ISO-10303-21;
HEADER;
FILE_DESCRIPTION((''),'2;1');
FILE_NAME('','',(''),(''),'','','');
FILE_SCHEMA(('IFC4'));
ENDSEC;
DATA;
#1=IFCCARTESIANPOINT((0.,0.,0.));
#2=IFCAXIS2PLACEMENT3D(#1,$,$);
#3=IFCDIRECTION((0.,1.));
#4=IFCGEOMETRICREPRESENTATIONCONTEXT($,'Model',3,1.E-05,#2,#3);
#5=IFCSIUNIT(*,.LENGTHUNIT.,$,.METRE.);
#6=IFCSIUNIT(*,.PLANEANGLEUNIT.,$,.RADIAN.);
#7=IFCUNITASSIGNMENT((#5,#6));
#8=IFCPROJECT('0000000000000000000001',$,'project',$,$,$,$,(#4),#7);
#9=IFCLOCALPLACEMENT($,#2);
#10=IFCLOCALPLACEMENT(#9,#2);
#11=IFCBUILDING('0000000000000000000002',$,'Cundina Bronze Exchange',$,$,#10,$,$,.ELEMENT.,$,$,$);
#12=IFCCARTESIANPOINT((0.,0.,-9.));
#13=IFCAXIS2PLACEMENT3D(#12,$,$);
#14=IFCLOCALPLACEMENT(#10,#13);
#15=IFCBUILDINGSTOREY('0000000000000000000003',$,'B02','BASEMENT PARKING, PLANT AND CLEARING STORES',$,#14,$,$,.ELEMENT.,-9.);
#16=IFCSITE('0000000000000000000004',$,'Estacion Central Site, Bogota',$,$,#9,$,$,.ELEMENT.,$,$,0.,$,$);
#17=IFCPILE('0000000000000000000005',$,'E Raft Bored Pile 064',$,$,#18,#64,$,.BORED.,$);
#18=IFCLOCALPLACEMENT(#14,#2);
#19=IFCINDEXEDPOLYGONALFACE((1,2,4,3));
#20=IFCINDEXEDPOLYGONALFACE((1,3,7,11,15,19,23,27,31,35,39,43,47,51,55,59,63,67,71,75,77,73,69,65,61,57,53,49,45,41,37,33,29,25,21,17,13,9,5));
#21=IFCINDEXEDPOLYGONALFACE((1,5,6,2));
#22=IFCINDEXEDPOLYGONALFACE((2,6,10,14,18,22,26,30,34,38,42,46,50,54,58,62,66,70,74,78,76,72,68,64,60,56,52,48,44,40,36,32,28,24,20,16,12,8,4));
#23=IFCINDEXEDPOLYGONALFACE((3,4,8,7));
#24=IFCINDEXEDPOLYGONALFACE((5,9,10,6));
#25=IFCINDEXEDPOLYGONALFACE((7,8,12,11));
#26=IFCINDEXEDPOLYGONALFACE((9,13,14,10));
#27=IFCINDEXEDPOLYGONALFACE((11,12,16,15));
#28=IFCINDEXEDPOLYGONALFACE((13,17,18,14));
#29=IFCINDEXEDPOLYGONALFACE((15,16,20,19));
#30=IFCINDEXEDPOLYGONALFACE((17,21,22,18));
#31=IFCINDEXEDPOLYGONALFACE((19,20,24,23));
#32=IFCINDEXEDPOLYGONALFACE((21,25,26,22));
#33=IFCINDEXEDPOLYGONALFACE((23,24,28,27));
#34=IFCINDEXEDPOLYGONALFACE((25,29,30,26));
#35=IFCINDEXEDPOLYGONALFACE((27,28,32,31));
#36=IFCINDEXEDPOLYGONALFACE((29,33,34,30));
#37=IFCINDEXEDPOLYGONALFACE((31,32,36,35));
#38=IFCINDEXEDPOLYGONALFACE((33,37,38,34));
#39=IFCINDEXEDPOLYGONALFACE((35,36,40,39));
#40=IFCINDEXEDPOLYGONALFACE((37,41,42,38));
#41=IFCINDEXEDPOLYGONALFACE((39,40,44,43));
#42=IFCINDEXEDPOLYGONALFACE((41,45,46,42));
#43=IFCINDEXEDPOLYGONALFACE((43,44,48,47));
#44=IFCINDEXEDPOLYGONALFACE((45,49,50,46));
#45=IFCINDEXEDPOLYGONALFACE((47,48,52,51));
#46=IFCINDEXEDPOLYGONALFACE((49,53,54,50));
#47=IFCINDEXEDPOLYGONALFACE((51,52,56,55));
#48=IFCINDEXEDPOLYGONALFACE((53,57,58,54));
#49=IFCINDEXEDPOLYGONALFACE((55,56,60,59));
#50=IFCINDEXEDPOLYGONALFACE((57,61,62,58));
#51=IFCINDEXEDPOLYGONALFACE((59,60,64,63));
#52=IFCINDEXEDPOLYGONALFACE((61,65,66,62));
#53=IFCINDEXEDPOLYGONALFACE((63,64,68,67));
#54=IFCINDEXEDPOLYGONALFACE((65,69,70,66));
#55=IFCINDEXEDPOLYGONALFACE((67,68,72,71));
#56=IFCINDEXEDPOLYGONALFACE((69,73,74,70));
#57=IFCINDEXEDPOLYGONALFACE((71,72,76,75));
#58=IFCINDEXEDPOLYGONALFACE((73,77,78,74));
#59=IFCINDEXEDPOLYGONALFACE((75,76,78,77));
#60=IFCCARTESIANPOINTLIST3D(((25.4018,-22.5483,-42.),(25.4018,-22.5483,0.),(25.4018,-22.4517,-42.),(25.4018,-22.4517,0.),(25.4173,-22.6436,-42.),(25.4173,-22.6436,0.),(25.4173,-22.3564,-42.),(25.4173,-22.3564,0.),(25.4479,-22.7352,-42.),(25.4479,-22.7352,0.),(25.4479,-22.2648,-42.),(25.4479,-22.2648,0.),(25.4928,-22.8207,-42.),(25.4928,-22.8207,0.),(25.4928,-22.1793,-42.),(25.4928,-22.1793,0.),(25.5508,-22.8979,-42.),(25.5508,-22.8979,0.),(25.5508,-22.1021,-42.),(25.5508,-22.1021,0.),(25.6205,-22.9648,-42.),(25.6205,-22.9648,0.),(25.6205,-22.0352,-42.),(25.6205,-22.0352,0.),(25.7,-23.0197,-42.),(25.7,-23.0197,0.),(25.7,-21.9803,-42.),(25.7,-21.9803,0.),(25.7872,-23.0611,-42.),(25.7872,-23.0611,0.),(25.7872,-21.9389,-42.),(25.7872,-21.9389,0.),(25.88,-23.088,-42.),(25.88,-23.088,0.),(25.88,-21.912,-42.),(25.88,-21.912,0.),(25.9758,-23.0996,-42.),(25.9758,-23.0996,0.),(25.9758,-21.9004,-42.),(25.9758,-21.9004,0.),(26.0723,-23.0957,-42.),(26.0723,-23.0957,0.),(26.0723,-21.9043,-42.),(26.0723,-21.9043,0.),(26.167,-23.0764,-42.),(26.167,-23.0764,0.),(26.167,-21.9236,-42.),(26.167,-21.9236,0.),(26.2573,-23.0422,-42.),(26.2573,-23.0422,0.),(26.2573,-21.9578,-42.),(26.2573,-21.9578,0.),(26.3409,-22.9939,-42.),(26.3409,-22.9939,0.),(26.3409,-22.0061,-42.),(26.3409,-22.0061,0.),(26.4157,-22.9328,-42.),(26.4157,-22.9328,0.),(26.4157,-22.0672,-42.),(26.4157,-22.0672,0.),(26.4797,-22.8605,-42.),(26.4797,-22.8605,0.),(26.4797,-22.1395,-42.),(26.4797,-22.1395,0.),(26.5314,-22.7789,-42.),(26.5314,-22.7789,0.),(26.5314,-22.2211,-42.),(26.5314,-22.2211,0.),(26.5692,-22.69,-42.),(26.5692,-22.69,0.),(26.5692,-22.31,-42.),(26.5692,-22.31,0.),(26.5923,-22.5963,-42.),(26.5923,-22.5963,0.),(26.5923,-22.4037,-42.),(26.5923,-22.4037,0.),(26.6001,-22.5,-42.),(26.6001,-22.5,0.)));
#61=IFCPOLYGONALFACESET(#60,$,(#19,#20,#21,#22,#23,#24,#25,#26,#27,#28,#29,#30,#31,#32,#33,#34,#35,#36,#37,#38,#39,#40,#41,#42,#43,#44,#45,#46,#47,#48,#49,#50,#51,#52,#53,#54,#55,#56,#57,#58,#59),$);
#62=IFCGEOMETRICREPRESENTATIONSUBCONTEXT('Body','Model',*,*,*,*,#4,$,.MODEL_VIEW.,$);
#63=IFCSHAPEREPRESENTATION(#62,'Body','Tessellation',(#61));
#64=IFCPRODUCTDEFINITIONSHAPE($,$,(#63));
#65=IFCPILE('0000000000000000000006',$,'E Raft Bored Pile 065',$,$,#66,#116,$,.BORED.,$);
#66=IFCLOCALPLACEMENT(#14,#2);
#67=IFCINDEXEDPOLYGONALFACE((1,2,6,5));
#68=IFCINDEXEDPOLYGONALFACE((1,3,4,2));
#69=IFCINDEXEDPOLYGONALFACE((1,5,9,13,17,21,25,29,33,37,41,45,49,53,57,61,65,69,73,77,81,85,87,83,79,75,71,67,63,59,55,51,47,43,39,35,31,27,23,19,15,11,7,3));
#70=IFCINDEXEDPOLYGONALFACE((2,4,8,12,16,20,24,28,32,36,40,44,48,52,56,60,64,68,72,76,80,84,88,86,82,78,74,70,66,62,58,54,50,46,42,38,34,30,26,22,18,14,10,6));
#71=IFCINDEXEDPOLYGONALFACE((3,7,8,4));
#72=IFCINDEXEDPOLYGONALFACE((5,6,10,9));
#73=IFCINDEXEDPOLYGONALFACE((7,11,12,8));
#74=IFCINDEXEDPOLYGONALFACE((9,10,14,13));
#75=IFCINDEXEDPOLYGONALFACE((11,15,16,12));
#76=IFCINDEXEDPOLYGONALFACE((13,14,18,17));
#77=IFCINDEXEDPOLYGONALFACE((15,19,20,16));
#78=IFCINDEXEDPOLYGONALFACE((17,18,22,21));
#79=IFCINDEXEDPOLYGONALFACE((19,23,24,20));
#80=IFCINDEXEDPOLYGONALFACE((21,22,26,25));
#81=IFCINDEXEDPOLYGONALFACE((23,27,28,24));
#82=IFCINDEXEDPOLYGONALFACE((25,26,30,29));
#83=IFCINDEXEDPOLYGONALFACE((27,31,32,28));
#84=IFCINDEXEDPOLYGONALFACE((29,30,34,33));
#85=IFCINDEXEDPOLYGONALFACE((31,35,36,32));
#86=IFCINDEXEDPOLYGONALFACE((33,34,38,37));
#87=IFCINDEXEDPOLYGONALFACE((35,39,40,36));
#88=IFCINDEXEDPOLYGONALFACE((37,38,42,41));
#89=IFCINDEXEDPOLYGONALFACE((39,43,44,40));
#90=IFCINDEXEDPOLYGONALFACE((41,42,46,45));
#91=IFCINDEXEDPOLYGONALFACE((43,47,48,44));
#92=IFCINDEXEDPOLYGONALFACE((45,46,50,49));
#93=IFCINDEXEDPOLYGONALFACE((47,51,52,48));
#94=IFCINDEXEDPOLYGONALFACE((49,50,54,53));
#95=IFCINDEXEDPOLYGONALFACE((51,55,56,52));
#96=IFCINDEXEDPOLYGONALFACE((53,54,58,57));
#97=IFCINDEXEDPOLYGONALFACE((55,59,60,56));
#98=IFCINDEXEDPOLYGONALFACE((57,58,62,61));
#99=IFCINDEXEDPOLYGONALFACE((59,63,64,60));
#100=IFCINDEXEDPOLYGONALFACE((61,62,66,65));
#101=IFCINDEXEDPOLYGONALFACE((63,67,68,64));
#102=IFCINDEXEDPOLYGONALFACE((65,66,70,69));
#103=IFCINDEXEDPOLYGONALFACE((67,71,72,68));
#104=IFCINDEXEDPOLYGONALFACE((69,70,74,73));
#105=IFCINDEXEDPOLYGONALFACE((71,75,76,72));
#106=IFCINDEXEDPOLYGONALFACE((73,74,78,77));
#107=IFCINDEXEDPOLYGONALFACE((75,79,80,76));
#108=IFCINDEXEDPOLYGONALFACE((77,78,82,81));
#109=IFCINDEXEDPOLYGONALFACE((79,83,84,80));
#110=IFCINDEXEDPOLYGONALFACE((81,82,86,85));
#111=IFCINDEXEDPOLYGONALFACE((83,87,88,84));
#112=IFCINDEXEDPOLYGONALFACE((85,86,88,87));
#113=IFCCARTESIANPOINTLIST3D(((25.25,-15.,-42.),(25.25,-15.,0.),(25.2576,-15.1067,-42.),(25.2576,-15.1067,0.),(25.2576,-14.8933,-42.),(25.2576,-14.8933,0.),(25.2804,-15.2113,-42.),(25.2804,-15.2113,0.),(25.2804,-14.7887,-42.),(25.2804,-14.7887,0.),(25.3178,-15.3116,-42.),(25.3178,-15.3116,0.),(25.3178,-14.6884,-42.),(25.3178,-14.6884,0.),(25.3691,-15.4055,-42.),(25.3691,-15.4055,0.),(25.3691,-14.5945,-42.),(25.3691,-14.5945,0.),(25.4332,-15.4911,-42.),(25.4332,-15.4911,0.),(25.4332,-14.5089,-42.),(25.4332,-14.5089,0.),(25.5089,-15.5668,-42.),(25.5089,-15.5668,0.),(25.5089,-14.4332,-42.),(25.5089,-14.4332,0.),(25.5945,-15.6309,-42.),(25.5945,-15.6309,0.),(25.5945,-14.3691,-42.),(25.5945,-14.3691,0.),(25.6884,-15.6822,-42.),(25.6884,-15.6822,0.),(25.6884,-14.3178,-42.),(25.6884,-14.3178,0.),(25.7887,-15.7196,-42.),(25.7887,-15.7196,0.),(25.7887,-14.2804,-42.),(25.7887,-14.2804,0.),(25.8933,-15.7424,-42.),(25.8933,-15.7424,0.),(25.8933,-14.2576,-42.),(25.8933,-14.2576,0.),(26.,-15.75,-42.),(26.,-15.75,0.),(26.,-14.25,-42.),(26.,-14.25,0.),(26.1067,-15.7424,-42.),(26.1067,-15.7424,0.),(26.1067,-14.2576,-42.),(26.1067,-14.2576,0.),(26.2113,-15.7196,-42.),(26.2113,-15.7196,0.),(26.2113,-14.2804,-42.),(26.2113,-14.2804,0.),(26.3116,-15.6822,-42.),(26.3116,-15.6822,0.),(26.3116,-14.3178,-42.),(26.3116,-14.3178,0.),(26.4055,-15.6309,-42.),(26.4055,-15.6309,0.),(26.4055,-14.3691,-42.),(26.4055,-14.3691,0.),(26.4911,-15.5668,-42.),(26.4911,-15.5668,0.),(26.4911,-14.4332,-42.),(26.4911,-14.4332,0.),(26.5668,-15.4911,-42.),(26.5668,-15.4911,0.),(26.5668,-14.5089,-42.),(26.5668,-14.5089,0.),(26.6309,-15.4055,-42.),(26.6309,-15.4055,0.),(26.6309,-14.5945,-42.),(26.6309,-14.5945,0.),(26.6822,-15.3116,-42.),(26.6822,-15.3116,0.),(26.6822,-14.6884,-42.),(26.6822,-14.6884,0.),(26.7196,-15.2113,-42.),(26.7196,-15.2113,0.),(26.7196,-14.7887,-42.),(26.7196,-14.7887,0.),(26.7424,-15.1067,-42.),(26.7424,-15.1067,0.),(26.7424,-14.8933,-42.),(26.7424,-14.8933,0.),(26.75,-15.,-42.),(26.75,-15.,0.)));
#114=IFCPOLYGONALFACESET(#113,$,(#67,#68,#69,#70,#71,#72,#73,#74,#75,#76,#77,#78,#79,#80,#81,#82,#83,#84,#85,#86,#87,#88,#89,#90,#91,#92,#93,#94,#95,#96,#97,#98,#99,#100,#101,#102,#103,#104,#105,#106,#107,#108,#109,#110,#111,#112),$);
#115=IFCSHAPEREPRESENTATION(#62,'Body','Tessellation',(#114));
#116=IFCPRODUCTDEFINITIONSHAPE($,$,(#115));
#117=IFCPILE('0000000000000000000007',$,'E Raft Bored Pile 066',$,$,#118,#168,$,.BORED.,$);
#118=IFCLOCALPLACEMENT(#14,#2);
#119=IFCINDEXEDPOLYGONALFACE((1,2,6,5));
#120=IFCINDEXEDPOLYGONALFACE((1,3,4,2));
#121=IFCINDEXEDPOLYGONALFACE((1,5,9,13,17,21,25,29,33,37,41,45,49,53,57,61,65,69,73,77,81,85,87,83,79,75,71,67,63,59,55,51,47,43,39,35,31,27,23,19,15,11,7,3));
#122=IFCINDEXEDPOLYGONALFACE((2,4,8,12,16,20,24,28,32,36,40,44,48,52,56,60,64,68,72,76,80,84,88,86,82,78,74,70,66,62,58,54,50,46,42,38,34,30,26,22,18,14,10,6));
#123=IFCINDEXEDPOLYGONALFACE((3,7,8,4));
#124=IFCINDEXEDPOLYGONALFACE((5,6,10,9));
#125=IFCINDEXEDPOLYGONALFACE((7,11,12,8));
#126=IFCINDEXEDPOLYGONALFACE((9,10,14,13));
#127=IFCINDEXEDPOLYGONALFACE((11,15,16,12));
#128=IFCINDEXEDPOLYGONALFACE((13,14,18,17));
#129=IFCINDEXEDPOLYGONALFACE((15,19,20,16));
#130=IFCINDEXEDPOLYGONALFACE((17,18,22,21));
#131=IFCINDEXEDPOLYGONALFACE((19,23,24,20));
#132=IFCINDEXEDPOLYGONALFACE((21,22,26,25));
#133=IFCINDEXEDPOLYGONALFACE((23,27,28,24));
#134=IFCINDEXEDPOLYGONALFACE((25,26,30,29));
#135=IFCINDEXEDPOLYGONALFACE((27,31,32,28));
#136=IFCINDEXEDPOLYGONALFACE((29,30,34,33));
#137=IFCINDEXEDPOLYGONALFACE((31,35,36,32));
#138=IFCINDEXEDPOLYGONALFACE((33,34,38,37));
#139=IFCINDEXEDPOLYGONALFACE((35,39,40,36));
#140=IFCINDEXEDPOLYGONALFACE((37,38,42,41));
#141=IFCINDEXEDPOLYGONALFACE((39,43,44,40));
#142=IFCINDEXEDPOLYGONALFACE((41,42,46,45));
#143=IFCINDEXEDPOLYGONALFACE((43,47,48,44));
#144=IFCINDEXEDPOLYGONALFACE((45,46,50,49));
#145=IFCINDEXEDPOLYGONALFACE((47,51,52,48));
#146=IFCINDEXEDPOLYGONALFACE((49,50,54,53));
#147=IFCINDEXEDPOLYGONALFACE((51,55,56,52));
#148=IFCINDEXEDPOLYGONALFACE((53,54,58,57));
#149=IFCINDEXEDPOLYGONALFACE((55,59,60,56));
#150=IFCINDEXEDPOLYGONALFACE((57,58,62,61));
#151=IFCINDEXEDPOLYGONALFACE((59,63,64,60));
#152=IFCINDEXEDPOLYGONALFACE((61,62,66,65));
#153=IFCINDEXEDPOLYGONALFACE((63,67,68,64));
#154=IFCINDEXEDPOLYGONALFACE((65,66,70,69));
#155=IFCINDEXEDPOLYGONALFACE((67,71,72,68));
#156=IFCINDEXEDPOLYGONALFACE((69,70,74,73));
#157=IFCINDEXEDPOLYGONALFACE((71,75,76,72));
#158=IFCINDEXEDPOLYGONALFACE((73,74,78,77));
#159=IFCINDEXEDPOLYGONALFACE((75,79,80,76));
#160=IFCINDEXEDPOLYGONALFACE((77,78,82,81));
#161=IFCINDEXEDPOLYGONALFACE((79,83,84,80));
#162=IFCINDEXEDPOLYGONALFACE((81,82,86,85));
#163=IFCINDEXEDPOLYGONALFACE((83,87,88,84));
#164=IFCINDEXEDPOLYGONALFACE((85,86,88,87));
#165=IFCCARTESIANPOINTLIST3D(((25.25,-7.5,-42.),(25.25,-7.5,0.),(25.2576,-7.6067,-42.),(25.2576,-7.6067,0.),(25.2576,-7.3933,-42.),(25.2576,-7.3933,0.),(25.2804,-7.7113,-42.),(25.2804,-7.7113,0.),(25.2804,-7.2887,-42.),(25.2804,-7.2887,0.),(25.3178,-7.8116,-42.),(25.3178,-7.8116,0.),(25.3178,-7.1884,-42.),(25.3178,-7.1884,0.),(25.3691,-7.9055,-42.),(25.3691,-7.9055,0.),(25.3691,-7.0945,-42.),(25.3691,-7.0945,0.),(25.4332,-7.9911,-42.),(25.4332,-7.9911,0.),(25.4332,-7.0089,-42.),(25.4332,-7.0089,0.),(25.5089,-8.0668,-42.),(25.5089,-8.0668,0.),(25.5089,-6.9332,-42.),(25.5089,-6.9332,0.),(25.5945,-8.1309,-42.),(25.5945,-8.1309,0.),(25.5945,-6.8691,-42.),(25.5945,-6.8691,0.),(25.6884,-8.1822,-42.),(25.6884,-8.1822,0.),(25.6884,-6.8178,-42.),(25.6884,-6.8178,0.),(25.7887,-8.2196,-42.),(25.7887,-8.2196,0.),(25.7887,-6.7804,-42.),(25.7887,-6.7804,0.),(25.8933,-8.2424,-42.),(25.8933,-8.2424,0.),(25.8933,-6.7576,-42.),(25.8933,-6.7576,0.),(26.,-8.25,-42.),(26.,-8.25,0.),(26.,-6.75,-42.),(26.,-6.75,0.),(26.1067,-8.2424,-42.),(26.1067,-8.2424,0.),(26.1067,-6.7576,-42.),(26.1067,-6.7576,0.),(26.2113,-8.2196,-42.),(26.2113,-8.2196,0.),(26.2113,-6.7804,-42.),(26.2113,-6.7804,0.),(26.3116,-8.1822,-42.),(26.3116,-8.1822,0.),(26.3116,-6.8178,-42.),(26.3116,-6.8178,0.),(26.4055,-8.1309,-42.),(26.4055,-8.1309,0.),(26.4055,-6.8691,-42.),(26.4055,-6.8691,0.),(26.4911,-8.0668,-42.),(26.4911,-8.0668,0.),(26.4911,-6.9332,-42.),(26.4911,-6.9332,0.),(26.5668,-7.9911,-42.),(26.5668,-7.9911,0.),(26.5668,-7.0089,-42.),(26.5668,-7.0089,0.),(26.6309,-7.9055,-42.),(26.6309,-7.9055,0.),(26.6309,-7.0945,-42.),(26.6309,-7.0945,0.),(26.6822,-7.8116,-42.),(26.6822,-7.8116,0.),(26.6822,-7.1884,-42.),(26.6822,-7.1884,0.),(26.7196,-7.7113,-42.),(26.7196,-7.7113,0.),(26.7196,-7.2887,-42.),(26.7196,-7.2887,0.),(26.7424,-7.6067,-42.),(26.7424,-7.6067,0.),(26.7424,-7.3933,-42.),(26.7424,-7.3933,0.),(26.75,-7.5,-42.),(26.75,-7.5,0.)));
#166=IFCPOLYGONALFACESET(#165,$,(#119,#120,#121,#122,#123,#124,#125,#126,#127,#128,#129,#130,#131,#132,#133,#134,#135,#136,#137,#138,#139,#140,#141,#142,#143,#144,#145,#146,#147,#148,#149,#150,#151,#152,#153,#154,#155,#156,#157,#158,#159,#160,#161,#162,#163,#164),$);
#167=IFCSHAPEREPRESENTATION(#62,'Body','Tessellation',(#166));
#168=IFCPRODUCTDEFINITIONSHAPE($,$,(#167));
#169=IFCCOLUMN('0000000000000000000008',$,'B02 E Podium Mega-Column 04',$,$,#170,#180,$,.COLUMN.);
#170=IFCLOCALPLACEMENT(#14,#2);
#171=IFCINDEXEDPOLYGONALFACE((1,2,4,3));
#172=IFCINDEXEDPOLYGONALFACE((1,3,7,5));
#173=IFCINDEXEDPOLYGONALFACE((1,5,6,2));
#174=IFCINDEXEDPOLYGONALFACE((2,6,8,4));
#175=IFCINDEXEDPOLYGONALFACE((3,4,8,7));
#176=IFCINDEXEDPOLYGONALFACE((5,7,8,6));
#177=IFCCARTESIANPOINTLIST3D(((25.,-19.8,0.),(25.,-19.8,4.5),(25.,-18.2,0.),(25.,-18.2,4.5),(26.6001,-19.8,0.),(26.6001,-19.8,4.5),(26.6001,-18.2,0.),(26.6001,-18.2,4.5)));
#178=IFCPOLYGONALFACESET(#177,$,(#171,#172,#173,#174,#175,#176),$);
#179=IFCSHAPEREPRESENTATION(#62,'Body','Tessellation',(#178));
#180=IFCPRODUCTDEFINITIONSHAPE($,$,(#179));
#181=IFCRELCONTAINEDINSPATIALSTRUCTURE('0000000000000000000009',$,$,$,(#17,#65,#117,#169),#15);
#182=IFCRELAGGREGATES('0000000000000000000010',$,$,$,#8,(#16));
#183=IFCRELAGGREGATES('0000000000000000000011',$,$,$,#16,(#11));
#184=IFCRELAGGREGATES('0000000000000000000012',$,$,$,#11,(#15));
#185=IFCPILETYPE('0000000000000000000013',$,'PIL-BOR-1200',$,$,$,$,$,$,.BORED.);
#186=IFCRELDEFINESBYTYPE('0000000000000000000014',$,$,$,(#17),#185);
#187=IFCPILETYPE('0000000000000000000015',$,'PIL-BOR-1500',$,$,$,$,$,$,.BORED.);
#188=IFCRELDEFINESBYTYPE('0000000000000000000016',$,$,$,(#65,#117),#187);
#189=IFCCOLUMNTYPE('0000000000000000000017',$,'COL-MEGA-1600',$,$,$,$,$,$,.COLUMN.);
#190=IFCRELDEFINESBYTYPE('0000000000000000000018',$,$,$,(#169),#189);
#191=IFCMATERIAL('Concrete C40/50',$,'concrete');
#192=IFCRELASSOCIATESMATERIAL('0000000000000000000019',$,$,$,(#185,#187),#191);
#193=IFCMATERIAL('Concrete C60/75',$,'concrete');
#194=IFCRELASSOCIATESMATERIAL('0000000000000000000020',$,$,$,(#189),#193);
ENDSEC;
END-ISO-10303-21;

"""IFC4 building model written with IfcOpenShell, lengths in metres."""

from ifc_helpers import new_model, si_unit, direction, frame, origin, origin_2d, place, context, subcontext, project, spatial, rectangle, circle, extrude, material, material_profile, profile_set, type_object, element, save


model = new_model("IFC4")

# Units and contexts
model_context = context("Model", 3, precision=1e-05, world=origin(), true_north=direction((0.0, 1.0)))
body_context = subcontext(model_context, "Body", "Model", "MODEL_VIEW")
ifc_project = project(units=[si_unit("LENGTHUNIT", "METRE"), si_unit("PLANEANGLEUNIT", "RADIAN")], contexts=[model_context])

# Site, building, storey
site_placement = place(None, origin())
site = spatial("IfcSite", under=ifc_project, at=site_placement, Name="Estacion Central Site, Bogota", CompositionType="ELEMENT", RefElevation=0.0)
building_placement = place(site_placement, origin())
building = spatial("IfcBuilding", under=site, at=building_placement, Name="Cundina Bronze Exchange", CompositionType="ELEMENT")
storey_placement = place(building_placement, frame((0.0, 0.0, -9.0)))
storey = spatial("IfcBuildingStorey", under=building, at=storey_placement, Name="B02", Description="BASEMENT PARKING, PLANT AND CLEARING STORES", CompositionType="ELEMENT", Elevation=-9.0)

# Piles
ifc_material_1 = material(Name="Concrete C40/50", Category="concrete")
ifc_material_profile_1 = material_profile(ifc_material_1, circle(Radius=0.6001, at=origin_2d()), Name="PILE1200D", Category="concrete")
ifc_profile_set_1 = profile_set([ifc_material_profile_1], Name="Concrete C40/50")
pile_type_1 = type_object("IfcPileType", Name="PIL-BOR-1200", PredefinedType="BORED", material=ifc_profile_set_1)
pile_placement = place(storey_placement, frame((26.0, -22.5, 0.0), z_axis=(0.0, 0.0, -1.0), x_axis=(1.0, 0.0, 0.0)))
element("IfcPile", 1, at=pile_placement, inside=storey, type_object=pile_type_1, Name="E Raft Bored Pile 064", PredefinedType="BORED", context=body_context, shape_type="SweptSolid", body=[
    extrude(circle(Radius=0.6001, at=origin_2d()), origin(), (0.0, 0.0, 1.0), 42.0),
])
ifc_material_profile_2 = material_profile(ifc_material_1, circle(Radius=0.75, at=origin_2d()), Name="PILE1500D", Category="concrete")
ifc_profile_set_2 = profile_set([ifc_material_profile_2], Name="Concrete C40/50")
pile_type_2 = type_object("IfcPileType", Name="PIL-BOR-1500", PredefinedType="BORED", material=ifc_profile_set_2)
for number, where, z_axis, x_axis, name in (
    (2, (26.0, -15.0, 0.0), (0.0, 0.0, -1.0), (1.0, 0.0, 0.0), "E Raft Bored Pile 065"),
    (3, (26.0, -7.5, 0.0), (0.0, 0.0, -1.0), (1.0, 0.0, 0.0), "E Raft Bored Pile 066"),
):
    element("IfcPile", number, at=place(storey_placement, frame(where, z_axis=z_axis, x_axis=x_axis)), inside=storey, type_object=pile_type_2, Name=name, PredefinedType="BORED", context=body_context, shape_type="SweptSolid", body=[
        extrude(circle(Radius=0.75, at=origin_2d()), origin(), (0.0, 0.0, 1.0), 42.0),
    ])

# Column
ifc_material_2 = material(Name="Concrete C60/75", Category="concrete")
ifc_material_profile_3 = material_profile(ifc_material_2, rectangle(XDim=1.6001, YDim=1.6001, at=origin_2d()), Name="RC1600X1600", Category="concrete")
ifc_profile_set_3 = profile_set([ifc_material_profile_3], Name="Concrete C60/75")
column_type_1 = type_object("IfcColumnType", Name="COL-MEGA-1600", PredefinedType="COLUMN", material=ifc_profile_set_3)
column_1_placement = place(storey_placement, frame((25.8, -19.0, 0.0), z_axis=(0.0, 0.0, 1.0), x_axis=(1.0, 0.0, 0.0)))
element("IfcColumn", 4, at=column_1_placement, inside=storey, type_object=column_type_1, Name="B02 E Podium Mega-Column 04", PredefinedType="COLUMN", context=body_context, shape_type="SweptSolid", body=[
    extrude(rectangle(XDim=1.6001, YDim=1.6001, at=origin_2d()), origin(), (0.0, 0.0, 1.0), 4.5),
])

save(model, "model.ifc")
